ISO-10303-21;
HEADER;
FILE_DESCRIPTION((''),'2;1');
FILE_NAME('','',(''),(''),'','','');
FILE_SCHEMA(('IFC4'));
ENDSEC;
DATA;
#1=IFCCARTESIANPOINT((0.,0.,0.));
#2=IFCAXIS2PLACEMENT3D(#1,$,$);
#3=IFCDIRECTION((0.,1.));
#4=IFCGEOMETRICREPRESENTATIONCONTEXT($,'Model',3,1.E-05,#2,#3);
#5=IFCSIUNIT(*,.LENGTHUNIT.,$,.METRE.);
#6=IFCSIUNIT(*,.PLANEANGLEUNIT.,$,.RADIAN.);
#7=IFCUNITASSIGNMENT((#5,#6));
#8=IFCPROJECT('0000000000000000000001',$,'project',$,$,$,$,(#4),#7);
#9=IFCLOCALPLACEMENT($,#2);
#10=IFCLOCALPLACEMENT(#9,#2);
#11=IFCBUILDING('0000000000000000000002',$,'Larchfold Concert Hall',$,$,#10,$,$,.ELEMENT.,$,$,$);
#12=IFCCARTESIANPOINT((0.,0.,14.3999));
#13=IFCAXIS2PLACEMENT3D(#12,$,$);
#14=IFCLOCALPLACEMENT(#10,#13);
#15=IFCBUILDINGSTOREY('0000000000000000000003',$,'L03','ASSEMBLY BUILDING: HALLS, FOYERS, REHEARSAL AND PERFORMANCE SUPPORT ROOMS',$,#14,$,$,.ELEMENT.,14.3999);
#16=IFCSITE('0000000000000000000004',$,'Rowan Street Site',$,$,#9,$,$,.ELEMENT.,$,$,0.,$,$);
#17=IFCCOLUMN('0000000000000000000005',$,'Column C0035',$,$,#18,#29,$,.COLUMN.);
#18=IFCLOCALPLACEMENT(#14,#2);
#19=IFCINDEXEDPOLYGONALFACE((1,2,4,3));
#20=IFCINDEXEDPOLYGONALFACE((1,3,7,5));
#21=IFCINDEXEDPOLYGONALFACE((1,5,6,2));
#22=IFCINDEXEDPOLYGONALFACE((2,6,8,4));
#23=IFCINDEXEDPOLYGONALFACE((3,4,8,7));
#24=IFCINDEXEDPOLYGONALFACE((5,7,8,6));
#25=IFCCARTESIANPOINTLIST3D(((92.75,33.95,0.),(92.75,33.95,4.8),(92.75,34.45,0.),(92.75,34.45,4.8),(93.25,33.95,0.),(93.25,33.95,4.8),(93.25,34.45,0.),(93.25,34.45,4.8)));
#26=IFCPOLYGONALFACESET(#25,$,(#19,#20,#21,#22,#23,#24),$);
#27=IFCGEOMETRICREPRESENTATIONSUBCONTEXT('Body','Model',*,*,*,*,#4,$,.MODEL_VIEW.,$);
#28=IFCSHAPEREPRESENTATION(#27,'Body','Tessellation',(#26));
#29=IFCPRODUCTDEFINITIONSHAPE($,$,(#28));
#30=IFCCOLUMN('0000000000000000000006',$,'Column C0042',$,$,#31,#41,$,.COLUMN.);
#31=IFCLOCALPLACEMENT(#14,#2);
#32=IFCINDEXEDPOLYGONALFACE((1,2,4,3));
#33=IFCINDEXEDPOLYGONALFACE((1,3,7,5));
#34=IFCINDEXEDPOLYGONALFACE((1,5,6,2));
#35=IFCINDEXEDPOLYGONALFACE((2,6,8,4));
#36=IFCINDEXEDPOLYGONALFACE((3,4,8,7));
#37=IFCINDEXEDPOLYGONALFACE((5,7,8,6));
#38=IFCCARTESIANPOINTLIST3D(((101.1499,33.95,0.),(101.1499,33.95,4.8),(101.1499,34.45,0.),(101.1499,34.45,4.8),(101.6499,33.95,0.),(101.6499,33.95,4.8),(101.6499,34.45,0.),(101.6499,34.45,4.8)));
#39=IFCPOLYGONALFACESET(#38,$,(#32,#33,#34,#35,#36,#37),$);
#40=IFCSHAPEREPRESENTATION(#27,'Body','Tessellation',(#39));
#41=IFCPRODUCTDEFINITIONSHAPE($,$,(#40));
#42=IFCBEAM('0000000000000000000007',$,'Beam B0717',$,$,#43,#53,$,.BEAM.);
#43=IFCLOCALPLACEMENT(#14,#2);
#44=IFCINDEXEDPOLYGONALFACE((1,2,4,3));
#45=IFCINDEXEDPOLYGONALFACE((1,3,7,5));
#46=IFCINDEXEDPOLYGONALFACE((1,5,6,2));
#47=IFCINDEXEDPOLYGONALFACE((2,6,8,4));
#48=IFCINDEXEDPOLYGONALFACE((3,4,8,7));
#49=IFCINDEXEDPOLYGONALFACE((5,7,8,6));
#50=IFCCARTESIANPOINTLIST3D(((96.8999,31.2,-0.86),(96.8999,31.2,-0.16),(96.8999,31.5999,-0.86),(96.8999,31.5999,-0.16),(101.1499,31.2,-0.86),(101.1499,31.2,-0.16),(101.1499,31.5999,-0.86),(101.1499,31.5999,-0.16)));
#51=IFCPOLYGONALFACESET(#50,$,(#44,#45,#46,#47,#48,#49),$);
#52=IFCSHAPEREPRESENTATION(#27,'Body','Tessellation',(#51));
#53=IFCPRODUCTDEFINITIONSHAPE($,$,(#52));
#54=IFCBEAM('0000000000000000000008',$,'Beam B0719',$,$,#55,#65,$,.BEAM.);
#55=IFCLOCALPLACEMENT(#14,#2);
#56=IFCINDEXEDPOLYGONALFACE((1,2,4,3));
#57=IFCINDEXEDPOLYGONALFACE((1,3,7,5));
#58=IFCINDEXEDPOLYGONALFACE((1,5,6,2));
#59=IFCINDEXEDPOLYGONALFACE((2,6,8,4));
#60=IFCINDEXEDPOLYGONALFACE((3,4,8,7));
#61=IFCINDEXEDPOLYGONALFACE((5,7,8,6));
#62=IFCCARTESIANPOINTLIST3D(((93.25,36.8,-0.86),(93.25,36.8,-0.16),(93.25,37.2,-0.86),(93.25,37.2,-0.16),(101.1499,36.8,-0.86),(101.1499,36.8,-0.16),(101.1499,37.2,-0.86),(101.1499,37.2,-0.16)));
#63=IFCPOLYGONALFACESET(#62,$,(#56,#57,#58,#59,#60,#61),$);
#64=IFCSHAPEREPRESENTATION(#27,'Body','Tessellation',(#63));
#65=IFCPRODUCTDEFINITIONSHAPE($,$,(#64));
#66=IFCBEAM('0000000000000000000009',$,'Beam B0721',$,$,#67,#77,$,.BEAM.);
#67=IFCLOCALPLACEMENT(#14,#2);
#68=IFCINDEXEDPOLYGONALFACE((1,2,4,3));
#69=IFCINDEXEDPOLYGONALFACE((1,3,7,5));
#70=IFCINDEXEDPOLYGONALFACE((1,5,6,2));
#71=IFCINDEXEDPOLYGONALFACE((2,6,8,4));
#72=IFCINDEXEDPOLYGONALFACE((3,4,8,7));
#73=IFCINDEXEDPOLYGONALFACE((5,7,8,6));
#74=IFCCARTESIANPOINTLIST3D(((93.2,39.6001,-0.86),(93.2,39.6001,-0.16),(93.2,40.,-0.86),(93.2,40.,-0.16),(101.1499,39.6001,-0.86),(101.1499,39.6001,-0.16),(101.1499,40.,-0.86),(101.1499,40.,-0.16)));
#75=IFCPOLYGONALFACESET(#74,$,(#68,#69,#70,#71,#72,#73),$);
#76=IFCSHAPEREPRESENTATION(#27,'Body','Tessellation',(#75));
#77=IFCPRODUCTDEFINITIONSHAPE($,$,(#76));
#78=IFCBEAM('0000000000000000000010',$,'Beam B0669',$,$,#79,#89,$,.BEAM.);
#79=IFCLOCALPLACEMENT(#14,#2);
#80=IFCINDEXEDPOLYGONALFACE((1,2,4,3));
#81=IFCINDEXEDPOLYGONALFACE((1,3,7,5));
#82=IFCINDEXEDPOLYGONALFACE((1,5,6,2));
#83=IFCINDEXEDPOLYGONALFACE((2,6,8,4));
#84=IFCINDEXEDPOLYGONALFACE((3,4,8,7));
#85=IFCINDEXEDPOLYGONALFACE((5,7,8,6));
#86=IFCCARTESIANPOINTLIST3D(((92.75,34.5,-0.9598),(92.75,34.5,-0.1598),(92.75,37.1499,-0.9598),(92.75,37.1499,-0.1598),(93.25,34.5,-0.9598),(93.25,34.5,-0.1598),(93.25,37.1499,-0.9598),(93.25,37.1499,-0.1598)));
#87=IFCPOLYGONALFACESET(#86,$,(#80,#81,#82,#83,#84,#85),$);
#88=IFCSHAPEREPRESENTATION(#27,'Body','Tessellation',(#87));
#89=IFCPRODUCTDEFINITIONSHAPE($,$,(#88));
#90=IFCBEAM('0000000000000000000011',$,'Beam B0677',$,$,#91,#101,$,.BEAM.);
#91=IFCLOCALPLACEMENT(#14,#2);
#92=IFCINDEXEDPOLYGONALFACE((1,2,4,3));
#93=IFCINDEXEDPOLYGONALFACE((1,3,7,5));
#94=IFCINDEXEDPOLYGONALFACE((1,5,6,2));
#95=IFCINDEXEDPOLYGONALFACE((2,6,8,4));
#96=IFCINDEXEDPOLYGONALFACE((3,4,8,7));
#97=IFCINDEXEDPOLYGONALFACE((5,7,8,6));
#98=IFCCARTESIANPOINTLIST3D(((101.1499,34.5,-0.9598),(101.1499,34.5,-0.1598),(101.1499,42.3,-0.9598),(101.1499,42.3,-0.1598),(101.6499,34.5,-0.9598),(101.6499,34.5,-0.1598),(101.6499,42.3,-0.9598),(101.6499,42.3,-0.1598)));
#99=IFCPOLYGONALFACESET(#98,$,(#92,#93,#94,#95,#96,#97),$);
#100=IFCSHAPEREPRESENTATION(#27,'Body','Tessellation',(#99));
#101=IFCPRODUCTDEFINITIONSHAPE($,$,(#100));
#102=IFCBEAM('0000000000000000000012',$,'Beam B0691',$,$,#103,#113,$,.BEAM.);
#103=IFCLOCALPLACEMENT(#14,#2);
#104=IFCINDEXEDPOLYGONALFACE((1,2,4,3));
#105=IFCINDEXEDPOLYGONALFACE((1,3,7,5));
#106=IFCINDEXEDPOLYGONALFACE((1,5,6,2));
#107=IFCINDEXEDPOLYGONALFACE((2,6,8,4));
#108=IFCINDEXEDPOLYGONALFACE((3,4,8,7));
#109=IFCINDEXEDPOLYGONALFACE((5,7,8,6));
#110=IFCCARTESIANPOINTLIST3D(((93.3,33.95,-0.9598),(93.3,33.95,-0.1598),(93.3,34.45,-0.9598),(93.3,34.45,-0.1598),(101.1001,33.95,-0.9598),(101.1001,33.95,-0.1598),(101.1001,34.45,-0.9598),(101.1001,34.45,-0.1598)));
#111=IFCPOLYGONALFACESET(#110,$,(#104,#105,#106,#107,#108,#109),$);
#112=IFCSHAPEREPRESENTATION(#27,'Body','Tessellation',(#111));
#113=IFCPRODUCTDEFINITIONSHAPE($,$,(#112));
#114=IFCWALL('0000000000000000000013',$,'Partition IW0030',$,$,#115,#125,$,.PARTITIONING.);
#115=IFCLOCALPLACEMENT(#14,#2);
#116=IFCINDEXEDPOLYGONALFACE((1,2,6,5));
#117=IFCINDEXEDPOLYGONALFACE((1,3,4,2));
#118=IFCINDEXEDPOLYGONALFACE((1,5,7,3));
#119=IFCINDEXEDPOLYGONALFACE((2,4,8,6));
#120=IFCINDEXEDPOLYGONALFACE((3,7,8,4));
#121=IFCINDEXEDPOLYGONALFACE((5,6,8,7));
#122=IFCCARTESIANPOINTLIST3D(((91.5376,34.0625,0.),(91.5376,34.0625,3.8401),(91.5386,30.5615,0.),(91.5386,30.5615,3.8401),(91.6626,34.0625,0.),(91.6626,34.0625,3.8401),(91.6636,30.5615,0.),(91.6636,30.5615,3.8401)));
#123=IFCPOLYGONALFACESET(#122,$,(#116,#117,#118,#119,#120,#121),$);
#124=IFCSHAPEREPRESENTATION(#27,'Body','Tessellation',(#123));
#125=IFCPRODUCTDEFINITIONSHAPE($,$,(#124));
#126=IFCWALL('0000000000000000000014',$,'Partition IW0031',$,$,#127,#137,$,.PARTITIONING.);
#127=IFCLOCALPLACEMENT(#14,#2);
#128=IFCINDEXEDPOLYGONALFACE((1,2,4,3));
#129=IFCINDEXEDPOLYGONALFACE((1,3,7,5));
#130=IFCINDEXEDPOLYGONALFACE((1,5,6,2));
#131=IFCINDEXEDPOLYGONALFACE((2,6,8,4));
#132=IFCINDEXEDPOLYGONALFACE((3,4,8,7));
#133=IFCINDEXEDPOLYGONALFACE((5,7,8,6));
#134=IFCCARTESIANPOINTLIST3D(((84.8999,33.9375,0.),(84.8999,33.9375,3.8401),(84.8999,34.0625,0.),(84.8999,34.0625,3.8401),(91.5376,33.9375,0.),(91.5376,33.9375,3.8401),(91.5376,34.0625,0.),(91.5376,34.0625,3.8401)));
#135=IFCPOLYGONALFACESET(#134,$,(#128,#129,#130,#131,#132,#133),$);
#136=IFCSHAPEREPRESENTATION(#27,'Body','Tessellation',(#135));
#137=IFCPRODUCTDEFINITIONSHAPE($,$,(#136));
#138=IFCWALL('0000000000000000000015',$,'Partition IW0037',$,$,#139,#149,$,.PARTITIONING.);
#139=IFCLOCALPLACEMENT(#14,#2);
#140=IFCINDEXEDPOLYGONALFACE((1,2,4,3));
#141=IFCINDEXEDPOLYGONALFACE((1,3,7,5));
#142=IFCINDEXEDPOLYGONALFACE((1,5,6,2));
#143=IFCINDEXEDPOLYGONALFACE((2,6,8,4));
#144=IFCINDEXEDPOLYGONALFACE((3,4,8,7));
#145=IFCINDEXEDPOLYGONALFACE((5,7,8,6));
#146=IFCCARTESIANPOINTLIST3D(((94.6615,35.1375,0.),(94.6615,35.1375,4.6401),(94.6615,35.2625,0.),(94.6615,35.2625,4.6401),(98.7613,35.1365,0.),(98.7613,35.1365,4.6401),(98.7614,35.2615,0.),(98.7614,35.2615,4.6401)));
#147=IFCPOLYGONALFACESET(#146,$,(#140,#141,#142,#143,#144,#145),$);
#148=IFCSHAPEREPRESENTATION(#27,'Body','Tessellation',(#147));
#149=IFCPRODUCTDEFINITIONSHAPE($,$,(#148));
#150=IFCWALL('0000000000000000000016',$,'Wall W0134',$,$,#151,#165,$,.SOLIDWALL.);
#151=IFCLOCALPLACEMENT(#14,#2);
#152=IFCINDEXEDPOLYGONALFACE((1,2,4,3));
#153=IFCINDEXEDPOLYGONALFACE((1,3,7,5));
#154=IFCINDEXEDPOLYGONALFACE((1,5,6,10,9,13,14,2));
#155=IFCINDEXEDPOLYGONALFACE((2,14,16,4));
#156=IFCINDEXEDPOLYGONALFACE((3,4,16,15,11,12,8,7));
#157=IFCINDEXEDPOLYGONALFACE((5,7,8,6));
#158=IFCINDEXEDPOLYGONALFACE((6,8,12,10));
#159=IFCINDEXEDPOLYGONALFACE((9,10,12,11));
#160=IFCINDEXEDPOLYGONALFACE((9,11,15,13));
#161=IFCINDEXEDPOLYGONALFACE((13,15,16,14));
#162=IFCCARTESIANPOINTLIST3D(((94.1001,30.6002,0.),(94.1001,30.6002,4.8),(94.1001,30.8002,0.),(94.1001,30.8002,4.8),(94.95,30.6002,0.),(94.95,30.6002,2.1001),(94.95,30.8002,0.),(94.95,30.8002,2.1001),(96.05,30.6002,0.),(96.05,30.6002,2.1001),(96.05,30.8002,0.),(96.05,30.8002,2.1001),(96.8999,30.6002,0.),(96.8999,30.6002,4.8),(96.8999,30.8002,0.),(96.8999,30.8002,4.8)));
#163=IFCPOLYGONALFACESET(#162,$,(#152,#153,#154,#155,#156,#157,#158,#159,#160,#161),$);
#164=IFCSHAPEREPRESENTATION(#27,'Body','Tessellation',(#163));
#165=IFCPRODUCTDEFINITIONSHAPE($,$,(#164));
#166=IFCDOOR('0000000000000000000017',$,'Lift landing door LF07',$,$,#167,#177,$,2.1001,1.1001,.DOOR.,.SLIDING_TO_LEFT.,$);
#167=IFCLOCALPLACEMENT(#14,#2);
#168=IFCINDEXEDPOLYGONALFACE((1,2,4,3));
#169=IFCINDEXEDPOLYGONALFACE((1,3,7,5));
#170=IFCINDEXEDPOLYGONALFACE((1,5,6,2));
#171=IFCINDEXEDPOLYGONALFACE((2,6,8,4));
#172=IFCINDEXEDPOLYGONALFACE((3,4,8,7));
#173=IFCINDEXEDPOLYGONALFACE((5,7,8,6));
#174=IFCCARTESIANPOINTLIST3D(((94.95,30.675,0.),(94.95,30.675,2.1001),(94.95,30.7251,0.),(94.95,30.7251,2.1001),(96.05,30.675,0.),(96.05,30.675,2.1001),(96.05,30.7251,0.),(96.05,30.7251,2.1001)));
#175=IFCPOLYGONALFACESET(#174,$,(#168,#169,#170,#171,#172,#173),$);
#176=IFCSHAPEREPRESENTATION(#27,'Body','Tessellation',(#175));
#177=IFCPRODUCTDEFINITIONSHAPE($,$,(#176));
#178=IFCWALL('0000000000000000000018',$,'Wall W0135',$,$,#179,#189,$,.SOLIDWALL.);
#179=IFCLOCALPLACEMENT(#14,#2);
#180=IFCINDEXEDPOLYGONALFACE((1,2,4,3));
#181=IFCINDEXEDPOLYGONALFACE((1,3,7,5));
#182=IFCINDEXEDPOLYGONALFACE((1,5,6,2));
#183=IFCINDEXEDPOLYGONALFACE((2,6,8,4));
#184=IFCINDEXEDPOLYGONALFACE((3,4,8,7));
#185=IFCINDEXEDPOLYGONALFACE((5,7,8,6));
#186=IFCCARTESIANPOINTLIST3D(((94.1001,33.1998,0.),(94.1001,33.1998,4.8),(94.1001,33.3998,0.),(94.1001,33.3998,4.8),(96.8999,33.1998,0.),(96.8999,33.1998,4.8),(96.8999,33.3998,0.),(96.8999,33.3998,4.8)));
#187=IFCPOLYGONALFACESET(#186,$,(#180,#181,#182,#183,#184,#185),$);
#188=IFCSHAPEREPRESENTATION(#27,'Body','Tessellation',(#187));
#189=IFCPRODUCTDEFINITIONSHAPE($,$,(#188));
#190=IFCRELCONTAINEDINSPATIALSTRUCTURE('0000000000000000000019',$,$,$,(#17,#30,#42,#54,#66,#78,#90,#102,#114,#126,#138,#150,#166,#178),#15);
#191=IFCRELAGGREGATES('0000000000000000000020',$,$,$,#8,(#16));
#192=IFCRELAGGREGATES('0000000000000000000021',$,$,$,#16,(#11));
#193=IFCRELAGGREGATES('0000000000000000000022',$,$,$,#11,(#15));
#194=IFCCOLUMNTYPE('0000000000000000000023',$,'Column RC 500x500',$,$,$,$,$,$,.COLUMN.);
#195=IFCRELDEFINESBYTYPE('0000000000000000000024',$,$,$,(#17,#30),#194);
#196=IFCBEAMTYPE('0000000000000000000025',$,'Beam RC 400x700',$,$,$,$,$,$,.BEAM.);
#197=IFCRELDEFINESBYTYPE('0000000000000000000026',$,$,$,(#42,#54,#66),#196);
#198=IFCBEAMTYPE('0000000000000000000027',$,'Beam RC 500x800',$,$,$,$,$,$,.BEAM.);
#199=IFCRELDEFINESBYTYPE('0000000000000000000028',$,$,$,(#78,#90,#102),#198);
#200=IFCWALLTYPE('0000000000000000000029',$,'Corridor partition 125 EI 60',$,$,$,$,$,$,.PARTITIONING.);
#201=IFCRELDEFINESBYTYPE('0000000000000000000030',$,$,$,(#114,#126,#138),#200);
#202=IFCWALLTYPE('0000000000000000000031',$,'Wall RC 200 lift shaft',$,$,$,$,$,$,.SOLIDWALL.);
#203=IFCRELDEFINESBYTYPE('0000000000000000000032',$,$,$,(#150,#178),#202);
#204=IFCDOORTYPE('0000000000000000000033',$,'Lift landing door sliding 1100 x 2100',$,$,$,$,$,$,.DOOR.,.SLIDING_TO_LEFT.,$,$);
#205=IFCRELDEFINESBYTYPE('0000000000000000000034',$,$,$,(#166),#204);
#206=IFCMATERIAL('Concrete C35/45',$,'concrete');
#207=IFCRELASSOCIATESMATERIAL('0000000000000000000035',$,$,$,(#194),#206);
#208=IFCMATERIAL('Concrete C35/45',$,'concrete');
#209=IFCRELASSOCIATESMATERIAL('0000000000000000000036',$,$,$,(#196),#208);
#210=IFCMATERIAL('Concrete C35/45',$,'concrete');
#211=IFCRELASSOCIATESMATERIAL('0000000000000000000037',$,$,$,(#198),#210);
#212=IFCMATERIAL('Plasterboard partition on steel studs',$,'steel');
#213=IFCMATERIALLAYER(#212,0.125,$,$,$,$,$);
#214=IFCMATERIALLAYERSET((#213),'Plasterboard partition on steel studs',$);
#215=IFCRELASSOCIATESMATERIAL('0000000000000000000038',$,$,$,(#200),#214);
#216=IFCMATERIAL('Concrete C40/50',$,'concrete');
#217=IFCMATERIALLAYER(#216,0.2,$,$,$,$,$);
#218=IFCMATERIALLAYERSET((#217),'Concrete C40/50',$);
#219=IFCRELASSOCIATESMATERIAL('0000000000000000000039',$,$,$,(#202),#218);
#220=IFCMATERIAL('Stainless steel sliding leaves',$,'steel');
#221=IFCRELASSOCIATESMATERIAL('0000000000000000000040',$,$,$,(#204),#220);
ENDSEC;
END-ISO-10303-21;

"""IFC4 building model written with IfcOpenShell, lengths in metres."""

from ifc_helpers import new_model, si_unit, direction, frame, frame_2d, origin, origin_2d, place, context, subcontext, project, spatial, rectangle, extrude, material, layer, layer_set, material_profile, profile_set, type_object, element, fill, save


model = new_model("IFC4")

# Units and contexts
model_context = context("Model", 3, precision=1e-05, world=origin(), true_north=direction((0.0, 1.0)))
body_context = subcontext(model_context, "Body", "Model", "MODEL_VIEW")
ifc_project = project(units=[si_unit("LENGTHUNIT", "METRE"), si_unit("PLANEANGLEUNIT", "RADIAN")], contexts=[model_context])

# Site, building, storey
site_placement = place(None, origin())
site = spatial("IfcSite", under=ifc_project, at=site_placement, Name="Rowan Street Site", CompositionType="ELEMENT", RefElevation=0.0)
building_placement = place(site_placement, origin())
building = spatial("IfcBuilding", under=site, at=building_placement, Name="Larchfold Concert Hall", CompositionType="ELEMENT")
storey_placement = place(building_placement, frame((0.0, 0.0, 14.3999)))
storey = spatial("IfcBuildingStorey", under=building, at=storey_placement, Name="L03", Description="ASSEMBLY BUILDING: HALLS, FOYERS, REHEARSAL AND PERFORMANCE SUPPORT ROOMS", CompositionType="ELEMENT", Elevation=14.3999)

# Columns
ifc_material_1 = material(Name="Concrete C35/45", Category="concrete")
ifc_material_profile_1 = material_profile(ifc_material_1, rectangle(XDim=0.5, YDim=0.5, at=origin_2d()))
ifc_profile_set_1 = profile_set([ifc_material_profile_1], Name="Concrete C35/45")
column_type = type_object("IfcColumnType", Name="Column RC 500x500", PredefinedType="COLUMN", material=ifc_profile_set_1)
for number, where, z_axis, x_axis, name in (
    (1, (93.0, 34.2, 0.0), (0.0, 0.0, 1.0), (1.0, 0.0, 0.0), "Column C0035"),
    (2, (101.3999, 34.2, 0.0), (0.0, 0.0, 1.0), (1.0, 0.0, 0.0), "Column C0042"),
):
    element("IfcColumn", number, at=place(storey_placement, frame(where, z_axis=z_axis, x_axis=x_axis)), inside=storey, type_object=column_type, Name=name, PredefinedType="COLUMN", context=body_context, shape_type="SweptSolid", body=[
        extrude(rectangle(XDim=0.5, YDim=0.5, at=origin_2d()), origin(), (0.0, 0.0, 1.0), 4.8),
    ])

# Beams
ifc_material_2 = material(Name="Concrete C35/45", Category="concrete")
ifc_material_profile_2 = material_profile(ifc_material_2, rectangle(XDim=0.3999, YDim=0.7, at=origin_2d()))
ifc_profile_set_2 = profile_set([ifc_material_profile_2], Name="Concrete C35/45")
beam_type_1 = type_object("IfcBeamType", Name="Beam RC 400x700", PredefinedType="BEAM", material=ifc_profile_set_2)
beam_1_placement = place(storey_placement, frame((96.8999, 31.3999, -0.51), z_axis=(1.0, 0.0, 0.0), x_axis=(0.0, 1.0, 0.0)))
element("IfcBeam", 3, at=beam_1_placement, inside=storey, type_object=beam_type_1, Name="Beam B0717", PredefinedType="BEAM", context=body_context, shape_type="SweptSolid", body=[
    extrude(rectangle(XDim=0.3999, YDim=0.7, at=origin_2d()), origin(), (0.0, 0.0, 1.0), 4.25),
])
beam_2_placement = place(storey_placement, frame((93.25, 37.0, -0.51), z_axis=(1.0, 0.0, 0.0), x_axis=(0.0, 1.0, 0.0)))
element("IfcBeam", 4, at=beam_2_placement, inside=storey, type_object=beam_type_1, Name="Beam B0719", PredefinedType="BEAM", context=body_context, shape_type="SweptSolid", body=[
    extrude(rectangle(XDim=0.3999, YDim=0.7, at=origin_2d()), origin(), (0.0, 0.0, 1.0), 7.8999),
])
beam_3_placement = place(storey_placement, frame((93.2, 39.8, -0.51), z_axis=(1.0, 0.0, 0.0), x_axis=(0.0, 1.0, 0.0)))
element("IfcBeam", 5, at=beam_3_placement, inside=storey, type_object=beam_type_1, Name="Beam B0721", PredefinedType="BEAM", context=body_context, shape_type="SweptSolid", body=[
    extrude(rectangle(XDim=0.3999, YDim=0.7, at=origin_2d()), origin(), (0.0, 0.0, 1.0), 7.95),
])
ifc_material_3 = material(Name="Concrete C35/45", Category="concrete")
ifc_material_profile_3 = material_profile(ifc_material_3, rectangle(XDim=0.5, YDim=0.8, at=origin_2d()))
ifc_profile_set_3 = profile_set([ifc_material_profile_3], Name="Concrete C35/45")
beam_type_2 = type_object("IfcBeamType", Name="Beam RC 500x800", PredefinedType="BEAM", material=ifc_profile_set_3)
beam_4_placement = place(storey_placement, frame((93.0, 34.5, -0.5598), z_axis=(0.0, 1.0, 0.0), x_axis=(-1.0, 0.0, 0.0)))
element("IfcBeam", 6, at=beam_4_placement, inside=storey, type_object=beam_type_2, Name="Beam B0669", PredefinedType="BEAM", context=body_context, shape_type="SweptSolid", body=[
    extrude(rectangle(XDim=0.5, YDim=0.8, at=origin_2d()), origin(), (0.0, 0.0, 1.0), 2.6499),
])
for number, where, z_axis, x_axis, name in (
    (7, (101.3999, 34.5, -0.5598), (0.0, 1.0, 0.0), (-1.0, 0.0, 0.0), "Beam B0677"),
    (8, (93.3, 34.2, -0.5598), (1.0, 0.0, 0.0), (0.0, 1.0, 0.0), "Beam B0691"),
):
    element("IfcBeam", number, at=place(storey_placement, frame(where, z_axis=z_axis, x_axis=x_axis)), inside=storey, type_object=beam_type_2, Name=name, PredefinedType="BEAM", context=body_context, shape_type="SweptSolid", body=[
        extrude(rectangle(XDim=0.5, YDim=0.8, at=origin_2d()), origin(), (0.0, 0.0, 1.0), 7.8),
    ])

# Walls
ifc_material_4 = material(Name="Plasterboard partition on steel studs", Category="steel")
ifc_layer_1 = layer(ifc_material_4, 0.125)
ifc_layer_set_1 = layer_set([ifc_layer_1], Name="Plasterboard partition on steel studs")
wall_type_1 = type_object("IfcWallType", Name="Corridor partition 125 EI 60", PredefinedType="PARTITIONING", material=ifc_layer_set_1)
wall_1_placement = place(storey_placement, frame((91.6011, 30.5615, 0.0), z_axis=(0.0, 0.0, 1.0), x_axis=(-0.000279, 1.0, 0.0)))
element("IfcWall", 9, at=wall_1_placement, inside=storey, type_object=wall_type_1, Name="Partition IW0030", PredefinedType="PARTITIONING", context=body_context, shape_type="SweptSolid", body=[
    extrude(rectangle(XDim=3.501, YDim=0.125, at=frame_2d((1.7505, 0.0))), origin(), (0.0, 0.0, 1.0), 3.8401),
])
wall_2_placement = place(storey_placement, frame((91.5376, 34.0, 0.0), z_axis=(0.0, 0.0, 1.0), x_axis=(-1.0, 0.0, 0.0)))
element("IfcWall", 10, at=wall_2_placement, inside=storey, type_object=wall_type_1, Name="Partition IW0031", PredefinedType="PARTITIONING", context=body_context, shape_type="SweptSolid", body=[
    extrude(rectangle(XDim=6.6377, YDim=0.125, at=frame_2d((3.3188, 0.0))), origin(), (0.0, 0.0, 1.0), 3.8401),
])
wall_3_placement = place(storey_placement, frame((94.6616, 35.2, 0.0), z_axis=(0.0, 0.0, 1.0), x_axis=(1.0, -0.000238, 0.0)))
element("IfcWall", 11, at=wall_3_placement, inside=storey, type_object=wall_type_1, Name="Partition IW0037", PredefinedType="PARTITIONING", context=body_context, shape_type="SweptSolid", body=[
    extrude(rectangle(XDim=4.0999, YDim=0.125, at=frame_2d((2.0498, 0.0))), origin(), (0.0, 0.0, 1.0), 4.6401),
])

# Wall, opening, door
ifc_material_5 = material(Name="Concrete C40/50", Category="concrete")
ifc_layer_2 = layer(ifc_material_5, 0.2)
ifc_layer_set_2 = layer_set([ifc_layer_2], Name="Concrete C40/50")
wall_type_2 = type_object("IfcWallType", Name="Wall RC 200 lift shaft", PredefinedType="SOLIDWALL", material=ifc_layer_set_2)
wall_4_placement = place(storey_placement, frame((94.1001, 30.7002, 0.0), z_axis=(0.0, 0.0, 1.0), x_axis=(1.0, 0.0, 0.0)))
wall_4 = element("IfcWall", 12, at=wall_4_placement, inside=storey, type_object=wall_type_2, Name="Wall W0134", PredefinedType="SOLIDWALL", context=body_context, shape_type="SweptSolid", body=[
    extrude(rectangle(XDim=2.7998, YDim=0.2, at=frame_2d((1.3999, 0.0))), origin(), (0.0, 0.0, 1.0), 4.8),
])
opening_1_placement = place(wall_4_placement, frame((0.8499, 0.0, 0.0)))
opening_1 = element("IfcOpeningElement", 13, at=opening_1_placement, cuts=wall_4, PredefinedType="OPENING", context=body_context, shape_type="SweptSolid", body=[
    extrude(rectangle(XDim=1.1001, YDim=2.1001, at=frame_2d((0.55, 1.05))), frame((0.0, 0.1099, 0.0), z_axis=(0.0, -1.0, 0.0), x_axis=(1.0, 0.0, 0.0)), (0.0, 0.0, 1.0), 0.22),
])
ifc_material_6 = material(Name="Stainless steel sliding leaves", Category="steel")
door_type_1 = type_object("IfcDoorType", Name="Lift landing door sliding 1100 x 2100", OperationType="SLIDING_TO_LEFT", PredefinedType="DOOR", material=ifc_material_6)
door_1_placement = place(opening_1_placement, origin())
door_1 = element("IfcDoor", 14, at=door_1_placement, inside=storey, type_object=door_type_1, Name="Lift landing door LF07", OperationType="SLIDING_TO_LEFT", OverallHeight=2.1001, OverallWidth=1.1001, PredefinedType="DOOR", context=body_context, shape_type="SweptSolid", body=[
    extrude(rectangle(XDim=1.1001, YDim=2.1001, at=frame_2d((0.55, 1.05))), frame((0.0, 0.0249, 0.0), z_axis=(0.0, -1.0, 0.0), x_axis=(1.0, 0.0, 0.0)), (0.0, 0.0, 1.0), 0.05),
])
fill(opening_1, door_1)

# Wall
wall_5_placement = place(storey_placement, frame((94.1001, 33.2998, 0.0), z_axis=(0.0, 0.0, 1.0), x_axis=(1.0, 0.0, 0.0)))
element("IfcWall", 15, at=wall_5_placement, inside=storey, type_object=wall_type_2, Name="Wall W0135", PredefinedType="SOLIDWALL", context=body_context, shape_type="SweptSolid", body=[
    extrude(rectangle(XDim=2.7998, YDim=0.2, at=frame_2d((1.3999, 0.0))), origin(), (0.0, 0.0, 1.0), 4.8),
])

save(model, "model.ifc")
